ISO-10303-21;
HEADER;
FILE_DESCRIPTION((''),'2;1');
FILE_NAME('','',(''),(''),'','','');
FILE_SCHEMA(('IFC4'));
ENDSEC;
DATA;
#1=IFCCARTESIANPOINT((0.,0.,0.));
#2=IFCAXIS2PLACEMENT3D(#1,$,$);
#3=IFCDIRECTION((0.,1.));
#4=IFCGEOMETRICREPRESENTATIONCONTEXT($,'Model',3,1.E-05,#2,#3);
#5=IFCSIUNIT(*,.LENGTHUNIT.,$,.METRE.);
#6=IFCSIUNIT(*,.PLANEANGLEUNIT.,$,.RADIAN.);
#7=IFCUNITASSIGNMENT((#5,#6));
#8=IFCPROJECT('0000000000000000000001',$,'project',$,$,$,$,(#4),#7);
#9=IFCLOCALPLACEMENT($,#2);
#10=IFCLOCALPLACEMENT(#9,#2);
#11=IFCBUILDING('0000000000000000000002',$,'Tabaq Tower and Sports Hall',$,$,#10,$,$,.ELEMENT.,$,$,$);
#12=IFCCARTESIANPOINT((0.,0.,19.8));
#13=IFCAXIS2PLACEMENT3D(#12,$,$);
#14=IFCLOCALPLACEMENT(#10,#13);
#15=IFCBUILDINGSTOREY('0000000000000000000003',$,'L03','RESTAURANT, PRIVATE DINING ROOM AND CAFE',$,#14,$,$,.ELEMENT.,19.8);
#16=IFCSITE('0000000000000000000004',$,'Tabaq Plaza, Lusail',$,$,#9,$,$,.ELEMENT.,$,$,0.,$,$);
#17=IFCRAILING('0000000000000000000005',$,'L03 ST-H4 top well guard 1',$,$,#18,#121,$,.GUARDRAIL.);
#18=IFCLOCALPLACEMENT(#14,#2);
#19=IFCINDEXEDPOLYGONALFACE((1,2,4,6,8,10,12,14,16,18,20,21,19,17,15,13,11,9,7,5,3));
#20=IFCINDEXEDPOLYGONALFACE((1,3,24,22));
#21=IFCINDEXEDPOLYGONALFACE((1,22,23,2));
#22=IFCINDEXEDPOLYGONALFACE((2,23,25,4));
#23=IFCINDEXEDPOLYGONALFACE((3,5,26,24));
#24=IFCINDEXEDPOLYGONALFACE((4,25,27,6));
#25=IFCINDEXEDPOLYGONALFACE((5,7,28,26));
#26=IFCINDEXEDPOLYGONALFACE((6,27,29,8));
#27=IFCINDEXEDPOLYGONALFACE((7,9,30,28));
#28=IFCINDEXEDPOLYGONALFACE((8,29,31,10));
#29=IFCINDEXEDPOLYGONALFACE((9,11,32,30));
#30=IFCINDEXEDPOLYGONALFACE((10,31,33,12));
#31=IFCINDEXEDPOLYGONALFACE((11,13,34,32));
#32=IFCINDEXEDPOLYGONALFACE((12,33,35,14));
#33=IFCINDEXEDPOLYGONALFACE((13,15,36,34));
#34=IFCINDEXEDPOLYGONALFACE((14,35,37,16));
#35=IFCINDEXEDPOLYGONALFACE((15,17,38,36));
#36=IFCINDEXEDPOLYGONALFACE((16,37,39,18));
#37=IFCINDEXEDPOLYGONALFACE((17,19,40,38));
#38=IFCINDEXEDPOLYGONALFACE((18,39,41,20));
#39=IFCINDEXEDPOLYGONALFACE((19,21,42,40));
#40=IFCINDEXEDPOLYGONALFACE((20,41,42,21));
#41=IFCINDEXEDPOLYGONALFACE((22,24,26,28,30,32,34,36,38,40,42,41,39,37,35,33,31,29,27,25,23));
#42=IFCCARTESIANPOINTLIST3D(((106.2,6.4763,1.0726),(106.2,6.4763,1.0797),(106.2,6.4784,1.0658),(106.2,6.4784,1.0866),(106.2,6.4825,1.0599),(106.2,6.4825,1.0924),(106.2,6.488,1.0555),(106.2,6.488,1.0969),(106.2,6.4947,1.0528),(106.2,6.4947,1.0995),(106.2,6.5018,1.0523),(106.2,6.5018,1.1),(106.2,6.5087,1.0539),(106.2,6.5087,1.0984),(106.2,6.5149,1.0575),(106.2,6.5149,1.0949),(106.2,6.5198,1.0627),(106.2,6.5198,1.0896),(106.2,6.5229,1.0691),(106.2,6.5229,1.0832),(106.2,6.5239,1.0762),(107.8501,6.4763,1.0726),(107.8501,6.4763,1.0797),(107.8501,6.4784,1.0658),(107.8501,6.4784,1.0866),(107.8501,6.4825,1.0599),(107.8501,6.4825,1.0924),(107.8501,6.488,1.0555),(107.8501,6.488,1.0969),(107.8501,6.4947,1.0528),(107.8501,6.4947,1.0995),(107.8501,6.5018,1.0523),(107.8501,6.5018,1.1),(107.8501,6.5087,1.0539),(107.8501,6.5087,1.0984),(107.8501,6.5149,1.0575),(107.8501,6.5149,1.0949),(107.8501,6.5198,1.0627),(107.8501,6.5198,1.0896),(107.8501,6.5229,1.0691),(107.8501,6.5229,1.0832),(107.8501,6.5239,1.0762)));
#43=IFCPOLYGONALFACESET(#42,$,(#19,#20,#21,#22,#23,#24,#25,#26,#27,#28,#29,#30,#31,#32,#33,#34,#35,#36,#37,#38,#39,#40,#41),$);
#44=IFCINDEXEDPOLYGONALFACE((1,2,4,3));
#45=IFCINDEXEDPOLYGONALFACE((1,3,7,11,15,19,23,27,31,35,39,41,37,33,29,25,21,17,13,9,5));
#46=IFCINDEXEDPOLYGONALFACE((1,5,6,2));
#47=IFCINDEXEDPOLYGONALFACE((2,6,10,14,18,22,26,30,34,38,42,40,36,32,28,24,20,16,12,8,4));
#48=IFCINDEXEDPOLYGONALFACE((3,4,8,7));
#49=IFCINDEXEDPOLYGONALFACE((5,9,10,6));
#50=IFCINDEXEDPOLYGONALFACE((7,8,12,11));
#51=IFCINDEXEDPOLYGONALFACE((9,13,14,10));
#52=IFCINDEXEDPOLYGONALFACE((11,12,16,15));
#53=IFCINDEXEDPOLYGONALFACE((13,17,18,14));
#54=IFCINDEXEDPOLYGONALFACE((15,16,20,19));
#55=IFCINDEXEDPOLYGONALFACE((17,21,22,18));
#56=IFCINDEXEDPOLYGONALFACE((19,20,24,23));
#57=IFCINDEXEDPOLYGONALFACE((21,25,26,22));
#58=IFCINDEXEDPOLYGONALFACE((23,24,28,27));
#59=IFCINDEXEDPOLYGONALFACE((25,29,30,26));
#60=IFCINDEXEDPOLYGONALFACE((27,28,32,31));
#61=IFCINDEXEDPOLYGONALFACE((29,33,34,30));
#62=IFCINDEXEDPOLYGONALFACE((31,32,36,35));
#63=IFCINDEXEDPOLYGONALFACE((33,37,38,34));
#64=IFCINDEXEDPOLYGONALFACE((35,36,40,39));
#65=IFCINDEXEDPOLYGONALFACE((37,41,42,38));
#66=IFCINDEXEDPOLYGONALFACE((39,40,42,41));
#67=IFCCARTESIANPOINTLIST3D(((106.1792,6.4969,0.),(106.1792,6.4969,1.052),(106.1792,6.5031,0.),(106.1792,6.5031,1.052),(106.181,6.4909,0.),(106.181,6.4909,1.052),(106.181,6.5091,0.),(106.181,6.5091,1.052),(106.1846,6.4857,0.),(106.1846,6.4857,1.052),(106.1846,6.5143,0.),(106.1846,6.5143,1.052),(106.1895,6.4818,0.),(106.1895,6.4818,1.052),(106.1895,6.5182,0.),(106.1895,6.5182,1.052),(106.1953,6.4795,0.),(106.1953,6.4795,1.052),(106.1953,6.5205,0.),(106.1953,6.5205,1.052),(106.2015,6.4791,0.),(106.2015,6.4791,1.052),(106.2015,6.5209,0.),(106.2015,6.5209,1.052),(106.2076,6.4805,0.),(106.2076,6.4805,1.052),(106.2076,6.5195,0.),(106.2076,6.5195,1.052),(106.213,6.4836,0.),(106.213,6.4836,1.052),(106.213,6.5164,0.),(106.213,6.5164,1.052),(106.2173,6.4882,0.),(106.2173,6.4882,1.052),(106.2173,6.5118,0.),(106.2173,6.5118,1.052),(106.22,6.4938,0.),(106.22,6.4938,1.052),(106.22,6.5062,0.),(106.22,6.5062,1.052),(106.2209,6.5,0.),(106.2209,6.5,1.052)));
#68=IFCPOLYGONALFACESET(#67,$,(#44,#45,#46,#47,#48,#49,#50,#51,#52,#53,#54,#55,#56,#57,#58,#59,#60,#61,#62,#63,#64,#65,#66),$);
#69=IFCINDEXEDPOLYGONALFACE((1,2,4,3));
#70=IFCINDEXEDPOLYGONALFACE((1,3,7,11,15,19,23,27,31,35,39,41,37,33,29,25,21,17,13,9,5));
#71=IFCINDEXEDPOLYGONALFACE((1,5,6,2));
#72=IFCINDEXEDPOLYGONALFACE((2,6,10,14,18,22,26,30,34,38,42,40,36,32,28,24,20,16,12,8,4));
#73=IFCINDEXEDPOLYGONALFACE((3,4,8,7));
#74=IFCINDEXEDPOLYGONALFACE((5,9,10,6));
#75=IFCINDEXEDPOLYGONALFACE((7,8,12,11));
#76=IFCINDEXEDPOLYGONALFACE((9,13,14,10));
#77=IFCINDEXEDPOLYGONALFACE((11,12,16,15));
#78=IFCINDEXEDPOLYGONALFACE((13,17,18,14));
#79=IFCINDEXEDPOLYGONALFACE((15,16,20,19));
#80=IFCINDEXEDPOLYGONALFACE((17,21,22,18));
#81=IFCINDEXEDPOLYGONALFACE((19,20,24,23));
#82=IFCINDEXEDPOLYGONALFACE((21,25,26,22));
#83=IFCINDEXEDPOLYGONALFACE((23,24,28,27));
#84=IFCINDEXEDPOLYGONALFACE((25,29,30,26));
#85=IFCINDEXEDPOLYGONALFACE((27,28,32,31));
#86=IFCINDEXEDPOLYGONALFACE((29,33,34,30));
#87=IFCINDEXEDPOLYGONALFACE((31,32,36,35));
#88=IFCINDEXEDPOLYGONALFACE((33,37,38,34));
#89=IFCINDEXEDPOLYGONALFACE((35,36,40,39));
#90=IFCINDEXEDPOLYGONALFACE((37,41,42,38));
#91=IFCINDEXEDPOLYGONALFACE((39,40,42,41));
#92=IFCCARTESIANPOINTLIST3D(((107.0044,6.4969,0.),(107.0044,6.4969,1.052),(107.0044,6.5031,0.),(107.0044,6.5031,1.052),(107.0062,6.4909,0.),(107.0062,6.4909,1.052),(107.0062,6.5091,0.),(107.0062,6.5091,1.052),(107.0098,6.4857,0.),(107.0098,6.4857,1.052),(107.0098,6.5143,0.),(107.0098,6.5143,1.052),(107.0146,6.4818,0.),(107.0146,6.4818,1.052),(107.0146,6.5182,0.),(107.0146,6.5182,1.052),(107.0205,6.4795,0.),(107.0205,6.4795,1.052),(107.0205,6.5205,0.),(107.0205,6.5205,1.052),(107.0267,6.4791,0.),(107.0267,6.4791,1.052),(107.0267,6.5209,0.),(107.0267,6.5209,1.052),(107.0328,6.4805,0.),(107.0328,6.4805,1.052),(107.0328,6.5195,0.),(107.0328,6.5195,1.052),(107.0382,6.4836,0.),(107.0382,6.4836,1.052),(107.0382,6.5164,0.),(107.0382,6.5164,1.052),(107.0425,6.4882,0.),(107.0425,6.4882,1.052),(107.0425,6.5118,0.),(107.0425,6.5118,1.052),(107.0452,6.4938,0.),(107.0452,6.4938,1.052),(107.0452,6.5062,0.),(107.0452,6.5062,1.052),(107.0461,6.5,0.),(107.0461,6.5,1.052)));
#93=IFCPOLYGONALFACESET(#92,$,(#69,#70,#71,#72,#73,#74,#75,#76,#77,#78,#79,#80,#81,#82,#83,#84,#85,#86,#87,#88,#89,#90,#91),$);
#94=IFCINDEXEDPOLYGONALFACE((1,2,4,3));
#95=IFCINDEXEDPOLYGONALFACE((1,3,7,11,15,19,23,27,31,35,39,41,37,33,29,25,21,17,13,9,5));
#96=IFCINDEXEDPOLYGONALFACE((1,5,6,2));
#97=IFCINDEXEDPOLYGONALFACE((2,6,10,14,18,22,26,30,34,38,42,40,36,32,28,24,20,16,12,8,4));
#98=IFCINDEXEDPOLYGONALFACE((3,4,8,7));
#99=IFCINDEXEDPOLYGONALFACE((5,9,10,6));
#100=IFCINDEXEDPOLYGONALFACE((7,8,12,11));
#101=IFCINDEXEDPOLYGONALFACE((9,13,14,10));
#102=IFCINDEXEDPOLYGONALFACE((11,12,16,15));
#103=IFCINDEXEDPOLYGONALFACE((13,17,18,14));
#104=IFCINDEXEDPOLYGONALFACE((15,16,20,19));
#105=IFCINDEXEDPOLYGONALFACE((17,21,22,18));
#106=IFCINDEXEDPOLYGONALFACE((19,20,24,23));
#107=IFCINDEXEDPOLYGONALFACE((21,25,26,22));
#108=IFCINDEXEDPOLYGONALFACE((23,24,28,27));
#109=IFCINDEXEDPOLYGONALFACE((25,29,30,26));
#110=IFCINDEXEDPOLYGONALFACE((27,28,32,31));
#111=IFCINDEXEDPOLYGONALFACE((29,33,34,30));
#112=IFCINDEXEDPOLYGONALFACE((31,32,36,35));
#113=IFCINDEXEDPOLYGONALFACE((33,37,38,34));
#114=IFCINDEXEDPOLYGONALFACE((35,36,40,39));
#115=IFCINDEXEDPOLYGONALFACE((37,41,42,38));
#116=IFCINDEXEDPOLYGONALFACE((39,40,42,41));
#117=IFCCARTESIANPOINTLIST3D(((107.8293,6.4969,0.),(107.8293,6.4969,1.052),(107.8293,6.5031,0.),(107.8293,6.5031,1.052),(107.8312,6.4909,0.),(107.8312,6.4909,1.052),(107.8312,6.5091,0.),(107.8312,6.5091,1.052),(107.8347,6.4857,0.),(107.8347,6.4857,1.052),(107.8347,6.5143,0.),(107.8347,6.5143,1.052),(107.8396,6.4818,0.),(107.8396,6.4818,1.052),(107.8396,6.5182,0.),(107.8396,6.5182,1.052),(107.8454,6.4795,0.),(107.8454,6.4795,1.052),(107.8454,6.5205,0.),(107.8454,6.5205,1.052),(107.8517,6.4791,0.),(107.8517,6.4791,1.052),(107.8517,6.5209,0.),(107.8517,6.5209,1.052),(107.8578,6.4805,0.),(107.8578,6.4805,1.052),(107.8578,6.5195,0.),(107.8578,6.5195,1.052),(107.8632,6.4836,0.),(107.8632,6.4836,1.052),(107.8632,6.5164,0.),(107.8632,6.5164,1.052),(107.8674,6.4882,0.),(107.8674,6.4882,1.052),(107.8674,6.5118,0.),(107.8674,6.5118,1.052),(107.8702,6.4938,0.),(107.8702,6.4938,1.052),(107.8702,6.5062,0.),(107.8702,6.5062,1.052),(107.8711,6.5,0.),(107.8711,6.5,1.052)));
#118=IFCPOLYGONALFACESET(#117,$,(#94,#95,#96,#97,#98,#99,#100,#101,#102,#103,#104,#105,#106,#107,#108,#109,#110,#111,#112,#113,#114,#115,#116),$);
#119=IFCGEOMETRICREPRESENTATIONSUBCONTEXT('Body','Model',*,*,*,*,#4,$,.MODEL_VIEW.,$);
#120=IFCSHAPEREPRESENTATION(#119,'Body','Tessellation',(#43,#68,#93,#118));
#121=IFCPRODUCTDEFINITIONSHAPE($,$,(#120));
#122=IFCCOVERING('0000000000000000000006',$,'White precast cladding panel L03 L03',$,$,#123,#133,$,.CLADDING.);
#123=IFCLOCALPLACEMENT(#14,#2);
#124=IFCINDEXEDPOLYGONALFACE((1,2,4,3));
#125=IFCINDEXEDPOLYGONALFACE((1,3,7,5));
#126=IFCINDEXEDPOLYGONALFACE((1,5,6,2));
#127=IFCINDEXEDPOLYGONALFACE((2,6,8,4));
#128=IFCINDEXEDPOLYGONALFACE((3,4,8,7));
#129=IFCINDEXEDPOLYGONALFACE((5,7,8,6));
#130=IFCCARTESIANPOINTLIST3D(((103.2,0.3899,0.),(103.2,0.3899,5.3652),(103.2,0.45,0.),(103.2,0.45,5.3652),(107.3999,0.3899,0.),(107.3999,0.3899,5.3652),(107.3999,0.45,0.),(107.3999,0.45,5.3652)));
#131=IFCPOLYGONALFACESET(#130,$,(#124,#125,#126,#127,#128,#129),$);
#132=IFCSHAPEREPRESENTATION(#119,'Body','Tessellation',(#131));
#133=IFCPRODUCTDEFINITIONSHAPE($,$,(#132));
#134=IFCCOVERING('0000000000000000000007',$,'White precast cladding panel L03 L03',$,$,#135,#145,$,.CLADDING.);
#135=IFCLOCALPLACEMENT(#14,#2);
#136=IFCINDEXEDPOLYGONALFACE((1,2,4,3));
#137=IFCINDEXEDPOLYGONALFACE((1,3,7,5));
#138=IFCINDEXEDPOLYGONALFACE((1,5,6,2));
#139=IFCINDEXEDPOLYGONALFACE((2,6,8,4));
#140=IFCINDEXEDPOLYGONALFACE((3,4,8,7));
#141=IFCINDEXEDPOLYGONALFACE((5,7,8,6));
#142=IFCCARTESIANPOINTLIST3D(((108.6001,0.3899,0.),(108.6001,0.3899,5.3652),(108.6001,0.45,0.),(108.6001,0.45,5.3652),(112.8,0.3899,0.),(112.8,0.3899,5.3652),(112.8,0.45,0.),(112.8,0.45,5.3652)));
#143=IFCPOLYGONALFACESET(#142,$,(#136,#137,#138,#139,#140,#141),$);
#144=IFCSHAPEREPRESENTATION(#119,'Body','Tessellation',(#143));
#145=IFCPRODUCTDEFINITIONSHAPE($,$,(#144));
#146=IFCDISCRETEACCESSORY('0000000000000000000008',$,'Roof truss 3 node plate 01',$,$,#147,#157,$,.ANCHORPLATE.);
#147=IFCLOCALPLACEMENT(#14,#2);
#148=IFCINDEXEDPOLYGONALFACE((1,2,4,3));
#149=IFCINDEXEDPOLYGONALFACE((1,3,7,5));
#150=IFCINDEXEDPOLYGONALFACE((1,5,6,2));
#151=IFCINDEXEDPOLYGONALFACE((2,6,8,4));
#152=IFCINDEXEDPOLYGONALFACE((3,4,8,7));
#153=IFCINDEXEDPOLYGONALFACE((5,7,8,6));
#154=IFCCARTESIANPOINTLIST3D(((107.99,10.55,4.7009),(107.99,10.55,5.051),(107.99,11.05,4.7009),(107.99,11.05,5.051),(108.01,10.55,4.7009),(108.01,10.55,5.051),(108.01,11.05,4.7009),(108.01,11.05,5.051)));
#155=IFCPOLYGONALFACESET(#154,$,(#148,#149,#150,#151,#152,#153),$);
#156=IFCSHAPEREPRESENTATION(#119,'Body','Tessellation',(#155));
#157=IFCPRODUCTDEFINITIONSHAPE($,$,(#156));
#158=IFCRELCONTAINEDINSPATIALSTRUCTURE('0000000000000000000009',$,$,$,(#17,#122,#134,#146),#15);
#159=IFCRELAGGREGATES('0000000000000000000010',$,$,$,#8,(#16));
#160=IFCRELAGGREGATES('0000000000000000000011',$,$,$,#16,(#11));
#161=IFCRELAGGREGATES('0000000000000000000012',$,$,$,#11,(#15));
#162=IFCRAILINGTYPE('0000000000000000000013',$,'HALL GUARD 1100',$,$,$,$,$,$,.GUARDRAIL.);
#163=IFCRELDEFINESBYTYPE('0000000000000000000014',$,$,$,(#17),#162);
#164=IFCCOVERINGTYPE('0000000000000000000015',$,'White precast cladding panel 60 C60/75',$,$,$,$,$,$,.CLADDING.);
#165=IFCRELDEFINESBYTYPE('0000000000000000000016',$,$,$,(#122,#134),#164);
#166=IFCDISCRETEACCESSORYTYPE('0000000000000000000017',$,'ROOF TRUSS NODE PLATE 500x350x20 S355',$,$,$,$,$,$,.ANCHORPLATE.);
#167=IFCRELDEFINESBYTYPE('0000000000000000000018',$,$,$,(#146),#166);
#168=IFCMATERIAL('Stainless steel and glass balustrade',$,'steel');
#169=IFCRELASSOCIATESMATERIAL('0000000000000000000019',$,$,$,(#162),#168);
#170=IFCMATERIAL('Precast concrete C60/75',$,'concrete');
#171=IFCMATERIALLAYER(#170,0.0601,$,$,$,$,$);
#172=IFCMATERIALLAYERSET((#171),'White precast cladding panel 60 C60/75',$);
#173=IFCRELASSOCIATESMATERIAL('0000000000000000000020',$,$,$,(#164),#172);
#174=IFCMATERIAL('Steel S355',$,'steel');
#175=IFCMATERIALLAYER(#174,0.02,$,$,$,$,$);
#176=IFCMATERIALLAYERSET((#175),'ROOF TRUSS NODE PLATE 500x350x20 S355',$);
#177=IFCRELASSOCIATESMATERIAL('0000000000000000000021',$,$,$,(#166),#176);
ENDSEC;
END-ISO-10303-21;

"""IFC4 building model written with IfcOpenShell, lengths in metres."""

from ifc_helpers import new_model, si_unit, direction, frame, origin, origin_2d, place, context, subcontext, project, spatial, polyline, rectangle, circle, outline, extrude, material, layer, layer_set, type_object, element, save


model = new_model("IFC4")

# Units and contexts
model_context = context("Model", 3, precision=1e-05, world=origin(), true_north=direction((0.0, 1.0)))
body_context = subcontext(model_context, "Body", "Model", "MODEL_VIEW")
ifc_project = project(units=[si_unit("LENGTHUNIT", "METRE"), si_unit("PLANEANGLEUNIT", "RADIAN")], contexts=[model_context])

# Site, building, storey
site_placement = place(None, origin())
site = spatial("IfcSite", under=ifc_project, at=site_placement, Name="Tabaq Plaza, Lusail", CompositionType="ELEMENT", RefElevation=0.0)
building_placement = place(site_placement, origin())
building = spatial("IfcBuilding", under=site, at=building_placement, Name="Tabaq Tower and Sports Hall", CompositionType="ELEMENT")
storey_placement = place(building_placement, frame((0.0, 0.0, 19.8)))
storey = spatial("IfcBuildingStorey", under=building, at=storey_placement, Name="L03", Description="RESTAURANT, PRIVATE DINING ROOM AND CAFE", CompositionType="ELEMENT", Elevation=19.8)

# Railing
ifc_material_1 = material(Name="Stainless steel and glass balustrade", Category="steel")
railing_type = type_object("IfcRailingType", Name="HALL GUARD 1100", PredefinedType="GUARDRAIL", material=ifc_material_1)
railing_1_placement = place(storey_placement, frame((106.2, 6.5, 0.0)))
element("IfcRailing", 1, at=railing_1_placement, inside=storey, type_object=railing_type, Name="L03 ST-H4 top well guard 1", PredefinedType="GUARDRAIL", context=body_context, shape_type="SweptSolid", body=[
    extrude(circle(Radius=0.0239, at=origin_2d()), frame((0.0, 0.0, 1.0762), z_axis=(1.0, 0.0, 0.0), x_axis=(0.0, 1.0, 0.0)), (0.0, 0.0, 1.0), 1.6501),
    extrude(circle(Radius=0.021, at=origin_2d()), origin(), (0.0, 0.0, 1.0), 1.052),
    extrude(circle(Radius=0.021, at=origin_2d()), frame((0.8252, 0.0, 0.0)), (0.0, 0.0, 1.0), 1.052),
    extrude(circle(Radius=0.021, at=origin_2d()), frame((1.6501, 0.0, 0.0)), (0.0, 0.0, 1.0), 1.052),
])

# Coverings
ifc_material_2 = material(Name="Precast concrete C60/75", Category="concrete")
ifc_layer_1 = layer(ifc_material_2, 0.0601)
ifc_layer_set_1 = layer_set([ifc_layer_1], Name="White precast cladding panel 60 C60/75")
covering_type = type_object("IfcCoveringType", Name="White precast cladding panel 60 C60/75", PredefinedType="CLADDING", material=ifc_layer_set_1)
for number, where, z_axis, x_axis, name in (
    (2, (103.2, 0.4199, 0.0), (0.0, 0.0, 1.0), (1.0, 0.0, 0.0), "White precast cladding panel L03 L03"),
    (3, (108.6001, 0.4199, 0.0), (0.0, 0.0, 1.0), (1.0, 0.0, 0.0), "White precast cladding panel L03 L03"),
):
    element("IfcCovering", number, at=place(storey_placement, frame(where, z_axis=z_axis, x_axis=x_axis)), inside=storey, type_object=covering_type, Name=name, PredefinedType="CLADDING", context=body_context, shape_type="SweptSolid", body=[
        extrude(outline(polyline([(0.0, 0.0), (4.2, 0.0), (4.2, 5.3652), (0.0, 5.3652), (0.0, 0.0)])), frame((0.0, 0.03, 0.0), z_axis=(0.0, -1.0, 0.0), x_axis=(1.0, 0.0, 0.0)), (0.0, 0.0, 1.0), 0.0601),
    ])

# Discrete accessory
ifc_material_3 = material(Name="Steel S355", Category="steel")
ifc_layer_2 = layer(ifc_material_3, 0.02)
ifc_layer_set_2 = layer_set([ifc_layer_2], Name="ROOF TRUSS NODE PLATE 500x350x20 S355")
discrete_accessory_type = type_object("IfcDiscreteAccessoryType", Name="ROOF TRUSS NODE PLATE 500x350x20 S355", PredefinedType="ANCHORPLATE", material=ifc_layer_set_2)
discrete_accessory_placement = place(storey_placement, frame((108.0, 10.8, 4.7009), z_axis=(0.0, 0.0, 1.0), x_axis=(1.0, 0.0, 0.0)))
element("IfcDiscreteAccessory", 4, at=discrete_accessory_placement, inside=storey, type_object=discrete_accessory_type, Name="Roof truss 3 node plate 01", PredefinedType="ANCHORPLATE", context=body_context, shape_type="SweptSolid", body=[
    extrude(rectangle(XDim=0.02, YDim=0.5, at=origin_2d()), origin(), (0.0, 0.0, 1.0), 0.3501),
])

save(model, "model.ifc")
